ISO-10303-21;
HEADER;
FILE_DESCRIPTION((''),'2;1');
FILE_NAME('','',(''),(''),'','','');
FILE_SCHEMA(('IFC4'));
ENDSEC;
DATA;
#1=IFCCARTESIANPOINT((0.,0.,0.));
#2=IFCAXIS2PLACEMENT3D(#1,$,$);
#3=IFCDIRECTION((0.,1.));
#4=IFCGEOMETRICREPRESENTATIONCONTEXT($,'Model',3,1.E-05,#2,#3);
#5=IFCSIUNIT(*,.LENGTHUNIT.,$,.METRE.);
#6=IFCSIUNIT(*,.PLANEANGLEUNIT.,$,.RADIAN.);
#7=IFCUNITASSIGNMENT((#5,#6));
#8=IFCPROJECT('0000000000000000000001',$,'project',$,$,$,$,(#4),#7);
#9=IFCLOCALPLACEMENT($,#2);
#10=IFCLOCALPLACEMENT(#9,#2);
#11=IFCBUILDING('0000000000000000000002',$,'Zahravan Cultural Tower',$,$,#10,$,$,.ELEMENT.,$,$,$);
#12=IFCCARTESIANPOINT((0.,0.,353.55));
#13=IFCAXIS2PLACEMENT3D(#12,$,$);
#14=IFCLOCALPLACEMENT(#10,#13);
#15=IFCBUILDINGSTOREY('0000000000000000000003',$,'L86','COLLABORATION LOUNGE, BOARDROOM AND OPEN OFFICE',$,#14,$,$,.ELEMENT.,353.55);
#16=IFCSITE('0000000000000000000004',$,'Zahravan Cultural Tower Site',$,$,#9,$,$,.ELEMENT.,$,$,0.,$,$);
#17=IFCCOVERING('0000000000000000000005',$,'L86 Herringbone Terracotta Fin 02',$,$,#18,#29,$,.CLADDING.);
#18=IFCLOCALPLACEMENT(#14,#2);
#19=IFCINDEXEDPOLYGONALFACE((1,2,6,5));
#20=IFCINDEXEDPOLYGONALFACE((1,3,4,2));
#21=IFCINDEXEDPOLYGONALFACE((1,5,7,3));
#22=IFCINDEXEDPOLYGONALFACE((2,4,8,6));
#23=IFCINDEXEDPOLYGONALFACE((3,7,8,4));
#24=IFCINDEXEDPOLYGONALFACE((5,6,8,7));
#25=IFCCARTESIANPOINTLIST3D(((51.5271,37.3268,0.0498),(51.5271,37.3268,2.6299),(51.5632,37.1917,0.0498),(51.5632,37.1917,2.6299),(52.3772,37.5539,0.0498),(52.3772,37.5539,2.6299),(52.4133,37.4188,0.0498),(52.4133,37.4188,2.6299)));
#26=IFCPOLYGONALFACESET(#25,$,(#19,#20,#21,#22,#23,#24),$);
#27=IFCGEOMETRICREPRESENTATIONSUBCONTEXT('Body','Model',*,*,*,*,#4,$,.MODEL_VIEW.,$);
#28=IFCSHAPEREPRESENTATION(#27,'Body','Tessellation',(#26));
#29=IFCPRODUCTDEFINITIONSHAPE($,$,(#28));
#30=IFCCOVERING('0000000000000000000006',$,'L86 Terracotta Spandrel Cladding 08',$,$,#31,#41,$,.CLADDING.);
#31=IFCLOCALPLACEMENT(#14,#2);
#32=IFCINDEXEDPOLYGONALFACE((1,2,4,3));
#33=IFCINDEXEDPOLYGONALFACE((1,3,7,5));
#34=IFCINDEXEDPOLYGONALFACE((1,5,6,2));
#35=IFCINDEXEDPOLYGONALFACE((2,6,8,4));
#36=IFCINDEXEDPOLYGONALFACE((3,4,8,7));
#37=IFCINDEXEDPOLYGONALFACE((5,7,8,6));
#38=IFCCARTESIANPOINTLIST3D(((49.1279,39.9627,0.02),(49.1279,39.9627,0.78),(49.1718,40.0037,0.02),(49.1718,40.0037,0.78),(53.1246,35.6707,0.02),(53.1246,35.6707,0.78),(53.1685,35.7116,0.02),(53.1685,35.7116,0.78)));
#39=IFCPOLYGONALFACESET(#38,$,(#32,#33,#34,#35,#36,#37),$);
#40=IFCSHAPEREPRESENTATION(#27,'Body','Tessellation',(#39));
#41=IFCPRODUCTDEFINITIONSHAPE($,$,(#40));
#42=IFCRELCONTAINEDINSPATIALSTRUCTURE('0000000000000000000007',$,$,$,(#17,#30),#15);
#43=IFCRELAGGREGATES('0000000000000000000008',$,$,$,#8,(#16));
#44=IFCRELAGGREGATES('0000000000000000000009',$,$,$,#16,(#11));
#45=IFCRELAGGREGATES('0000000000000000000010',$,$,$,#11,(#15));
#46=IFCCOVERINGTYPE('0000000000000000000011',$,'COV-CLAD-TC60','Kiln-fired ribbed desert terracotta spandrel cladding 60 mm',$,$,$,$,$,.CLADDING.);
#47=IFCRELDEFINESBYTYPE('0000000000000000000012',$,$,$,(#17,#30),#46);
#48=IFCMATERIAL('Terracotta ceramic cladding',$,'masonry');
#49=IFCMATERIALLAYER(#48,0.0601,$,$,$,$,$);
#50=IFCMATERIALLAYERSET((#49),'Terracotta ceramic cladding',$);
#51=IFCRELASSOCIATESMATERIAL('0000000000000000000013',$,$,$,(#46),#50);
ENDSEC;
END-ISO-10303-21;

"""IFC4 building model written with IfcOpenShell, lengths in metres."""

from ifc_helpers import new_model, si_unit, direction, frame, origin, origin_2d, place, context, subcontext, project, spatial, rectangle, extrude, source, transform, mapped, material, layer, layer_set, type_object, element, save


model = new_model("IFC4")

# Units and contexts
model_context = context("Model", 3, precision=1e-05, world=origin(), true_north=direction((0.0, 1.0)))
body_context = subcontext(model_context, "Body", "Model", "MODEL_VIEW")
ifc_project = project(units=[si_unit("LENGTHUNIT", "METRE"), si_unit("PLANEANGLEUNIT", "RADIAN")], contexts=[model_context])

# Site, building, storey
site_placement = place(None, origin())
site = spatial("IfcSite", under=ifc_project, at=site_placement, Name="Zahravan Cultural Tower Site", CompositionType="ELEMENT", RefElevation=0.0)
building_placement = place(site_placement, origin())
building = spatial("IfcBuilding", under=site, at=building_placement, Name="Zahravan Cultural Tower", CompositionType="ELEMENT")
storey_placement = place(building_placement, frame((0.0, 0.0, 353.55)))
storey = spatial("IfcBuildingStorey", under=building, at=storey_placement, Name="L86", Description="COLLABORATION LOUNGE, BOARDROOM AND OPEN OFFICE", CompositionType="ELEMENT", Elevation=353.55)

# Coverings
ifc_material_1 = material(Name="Terracotta ceramic cladding", Category="masonry")
ifc_layer_1 = layer(ifc_material_1, 0.0601)
ifc_layer_set_1 = layer_set([ifc_layer_1], Name="Terracotta ceramic cladding")
covering_type = type_object("IfcCoveringType", Name="COV-CLAD-TC60", Description="Kiln-fired ribbed desert terracotta spandrel cladding 60 mm", PredefinedType="CLADDING", material=ifc_layer_set_1)
shared_shape_1 = source(origin(), body_context, "Body", "SweptSolid", [
    extrude(rectangle(XDim=0.8799, YDim=0.1399, at=origin_2d()), origin(), (0.0, 0.0, 1.0), 2.5801),
])
for number, where, z_axis, x_axis, name in (
    (1, (51.9702, 37.3728, 0.0498), (0.0, 0.0, 1.0), (0.966111, 0.258128, 0.0), "L86 Herringbone Terracotta Fin 02"),
):
    element("IfcCovering", number, at=place(storey_placement, frame(where, z_axis=z_axis, x_axis=x_axis)), inside=storey, type_object=covering_type, Name=name, PredefinedType="CLADDING", context=body_context, shape_type="MappedRepresentation", body=[
        mapped(shared_shape_1, transform((0.0, 0.0, 0.0), x_axis=(1.0, 0.0, 0.0), y_axis=(0.0, 1.0, 0.0), z_axis=(0.0, 0.0, 1.0), scale=1.0)),
    ])
shared_shape_2 = source(origin(), body_context, "Body", "SweptSolid", [
    extrude(rectangle(XDim=5.8647, YDim=0.0601, at=origin_2d()), origin(), (0.0, 0.0, 1.0), 0.76),
])
covering_placement = place(storey_placement, frame((51.1482, 37.8372, 0.02), z_axis=(0.0, 0.0, 1.0), x_axis=(0.681475, -0.731842, 0.0)))
element("IfcCovering", 2, at=covering_placement, inside=storey, type_object=covering_type, Name="L86 Terracotta Spandrel Cladding 08", PredefinedType="CLADDING", context=body_context, shape_type="MappedRepresentation", body=[
    mapped(shared_shape_2, transform((0.0, 0.0, 0.0), x_axis=(1.0, 0.0, 0.0), y_axis=(0.0, 1.0, 0.0), z_axis=(0.0, 0.0, 1.0), scale=1.0)),
])

save(model, "model.ifc")
